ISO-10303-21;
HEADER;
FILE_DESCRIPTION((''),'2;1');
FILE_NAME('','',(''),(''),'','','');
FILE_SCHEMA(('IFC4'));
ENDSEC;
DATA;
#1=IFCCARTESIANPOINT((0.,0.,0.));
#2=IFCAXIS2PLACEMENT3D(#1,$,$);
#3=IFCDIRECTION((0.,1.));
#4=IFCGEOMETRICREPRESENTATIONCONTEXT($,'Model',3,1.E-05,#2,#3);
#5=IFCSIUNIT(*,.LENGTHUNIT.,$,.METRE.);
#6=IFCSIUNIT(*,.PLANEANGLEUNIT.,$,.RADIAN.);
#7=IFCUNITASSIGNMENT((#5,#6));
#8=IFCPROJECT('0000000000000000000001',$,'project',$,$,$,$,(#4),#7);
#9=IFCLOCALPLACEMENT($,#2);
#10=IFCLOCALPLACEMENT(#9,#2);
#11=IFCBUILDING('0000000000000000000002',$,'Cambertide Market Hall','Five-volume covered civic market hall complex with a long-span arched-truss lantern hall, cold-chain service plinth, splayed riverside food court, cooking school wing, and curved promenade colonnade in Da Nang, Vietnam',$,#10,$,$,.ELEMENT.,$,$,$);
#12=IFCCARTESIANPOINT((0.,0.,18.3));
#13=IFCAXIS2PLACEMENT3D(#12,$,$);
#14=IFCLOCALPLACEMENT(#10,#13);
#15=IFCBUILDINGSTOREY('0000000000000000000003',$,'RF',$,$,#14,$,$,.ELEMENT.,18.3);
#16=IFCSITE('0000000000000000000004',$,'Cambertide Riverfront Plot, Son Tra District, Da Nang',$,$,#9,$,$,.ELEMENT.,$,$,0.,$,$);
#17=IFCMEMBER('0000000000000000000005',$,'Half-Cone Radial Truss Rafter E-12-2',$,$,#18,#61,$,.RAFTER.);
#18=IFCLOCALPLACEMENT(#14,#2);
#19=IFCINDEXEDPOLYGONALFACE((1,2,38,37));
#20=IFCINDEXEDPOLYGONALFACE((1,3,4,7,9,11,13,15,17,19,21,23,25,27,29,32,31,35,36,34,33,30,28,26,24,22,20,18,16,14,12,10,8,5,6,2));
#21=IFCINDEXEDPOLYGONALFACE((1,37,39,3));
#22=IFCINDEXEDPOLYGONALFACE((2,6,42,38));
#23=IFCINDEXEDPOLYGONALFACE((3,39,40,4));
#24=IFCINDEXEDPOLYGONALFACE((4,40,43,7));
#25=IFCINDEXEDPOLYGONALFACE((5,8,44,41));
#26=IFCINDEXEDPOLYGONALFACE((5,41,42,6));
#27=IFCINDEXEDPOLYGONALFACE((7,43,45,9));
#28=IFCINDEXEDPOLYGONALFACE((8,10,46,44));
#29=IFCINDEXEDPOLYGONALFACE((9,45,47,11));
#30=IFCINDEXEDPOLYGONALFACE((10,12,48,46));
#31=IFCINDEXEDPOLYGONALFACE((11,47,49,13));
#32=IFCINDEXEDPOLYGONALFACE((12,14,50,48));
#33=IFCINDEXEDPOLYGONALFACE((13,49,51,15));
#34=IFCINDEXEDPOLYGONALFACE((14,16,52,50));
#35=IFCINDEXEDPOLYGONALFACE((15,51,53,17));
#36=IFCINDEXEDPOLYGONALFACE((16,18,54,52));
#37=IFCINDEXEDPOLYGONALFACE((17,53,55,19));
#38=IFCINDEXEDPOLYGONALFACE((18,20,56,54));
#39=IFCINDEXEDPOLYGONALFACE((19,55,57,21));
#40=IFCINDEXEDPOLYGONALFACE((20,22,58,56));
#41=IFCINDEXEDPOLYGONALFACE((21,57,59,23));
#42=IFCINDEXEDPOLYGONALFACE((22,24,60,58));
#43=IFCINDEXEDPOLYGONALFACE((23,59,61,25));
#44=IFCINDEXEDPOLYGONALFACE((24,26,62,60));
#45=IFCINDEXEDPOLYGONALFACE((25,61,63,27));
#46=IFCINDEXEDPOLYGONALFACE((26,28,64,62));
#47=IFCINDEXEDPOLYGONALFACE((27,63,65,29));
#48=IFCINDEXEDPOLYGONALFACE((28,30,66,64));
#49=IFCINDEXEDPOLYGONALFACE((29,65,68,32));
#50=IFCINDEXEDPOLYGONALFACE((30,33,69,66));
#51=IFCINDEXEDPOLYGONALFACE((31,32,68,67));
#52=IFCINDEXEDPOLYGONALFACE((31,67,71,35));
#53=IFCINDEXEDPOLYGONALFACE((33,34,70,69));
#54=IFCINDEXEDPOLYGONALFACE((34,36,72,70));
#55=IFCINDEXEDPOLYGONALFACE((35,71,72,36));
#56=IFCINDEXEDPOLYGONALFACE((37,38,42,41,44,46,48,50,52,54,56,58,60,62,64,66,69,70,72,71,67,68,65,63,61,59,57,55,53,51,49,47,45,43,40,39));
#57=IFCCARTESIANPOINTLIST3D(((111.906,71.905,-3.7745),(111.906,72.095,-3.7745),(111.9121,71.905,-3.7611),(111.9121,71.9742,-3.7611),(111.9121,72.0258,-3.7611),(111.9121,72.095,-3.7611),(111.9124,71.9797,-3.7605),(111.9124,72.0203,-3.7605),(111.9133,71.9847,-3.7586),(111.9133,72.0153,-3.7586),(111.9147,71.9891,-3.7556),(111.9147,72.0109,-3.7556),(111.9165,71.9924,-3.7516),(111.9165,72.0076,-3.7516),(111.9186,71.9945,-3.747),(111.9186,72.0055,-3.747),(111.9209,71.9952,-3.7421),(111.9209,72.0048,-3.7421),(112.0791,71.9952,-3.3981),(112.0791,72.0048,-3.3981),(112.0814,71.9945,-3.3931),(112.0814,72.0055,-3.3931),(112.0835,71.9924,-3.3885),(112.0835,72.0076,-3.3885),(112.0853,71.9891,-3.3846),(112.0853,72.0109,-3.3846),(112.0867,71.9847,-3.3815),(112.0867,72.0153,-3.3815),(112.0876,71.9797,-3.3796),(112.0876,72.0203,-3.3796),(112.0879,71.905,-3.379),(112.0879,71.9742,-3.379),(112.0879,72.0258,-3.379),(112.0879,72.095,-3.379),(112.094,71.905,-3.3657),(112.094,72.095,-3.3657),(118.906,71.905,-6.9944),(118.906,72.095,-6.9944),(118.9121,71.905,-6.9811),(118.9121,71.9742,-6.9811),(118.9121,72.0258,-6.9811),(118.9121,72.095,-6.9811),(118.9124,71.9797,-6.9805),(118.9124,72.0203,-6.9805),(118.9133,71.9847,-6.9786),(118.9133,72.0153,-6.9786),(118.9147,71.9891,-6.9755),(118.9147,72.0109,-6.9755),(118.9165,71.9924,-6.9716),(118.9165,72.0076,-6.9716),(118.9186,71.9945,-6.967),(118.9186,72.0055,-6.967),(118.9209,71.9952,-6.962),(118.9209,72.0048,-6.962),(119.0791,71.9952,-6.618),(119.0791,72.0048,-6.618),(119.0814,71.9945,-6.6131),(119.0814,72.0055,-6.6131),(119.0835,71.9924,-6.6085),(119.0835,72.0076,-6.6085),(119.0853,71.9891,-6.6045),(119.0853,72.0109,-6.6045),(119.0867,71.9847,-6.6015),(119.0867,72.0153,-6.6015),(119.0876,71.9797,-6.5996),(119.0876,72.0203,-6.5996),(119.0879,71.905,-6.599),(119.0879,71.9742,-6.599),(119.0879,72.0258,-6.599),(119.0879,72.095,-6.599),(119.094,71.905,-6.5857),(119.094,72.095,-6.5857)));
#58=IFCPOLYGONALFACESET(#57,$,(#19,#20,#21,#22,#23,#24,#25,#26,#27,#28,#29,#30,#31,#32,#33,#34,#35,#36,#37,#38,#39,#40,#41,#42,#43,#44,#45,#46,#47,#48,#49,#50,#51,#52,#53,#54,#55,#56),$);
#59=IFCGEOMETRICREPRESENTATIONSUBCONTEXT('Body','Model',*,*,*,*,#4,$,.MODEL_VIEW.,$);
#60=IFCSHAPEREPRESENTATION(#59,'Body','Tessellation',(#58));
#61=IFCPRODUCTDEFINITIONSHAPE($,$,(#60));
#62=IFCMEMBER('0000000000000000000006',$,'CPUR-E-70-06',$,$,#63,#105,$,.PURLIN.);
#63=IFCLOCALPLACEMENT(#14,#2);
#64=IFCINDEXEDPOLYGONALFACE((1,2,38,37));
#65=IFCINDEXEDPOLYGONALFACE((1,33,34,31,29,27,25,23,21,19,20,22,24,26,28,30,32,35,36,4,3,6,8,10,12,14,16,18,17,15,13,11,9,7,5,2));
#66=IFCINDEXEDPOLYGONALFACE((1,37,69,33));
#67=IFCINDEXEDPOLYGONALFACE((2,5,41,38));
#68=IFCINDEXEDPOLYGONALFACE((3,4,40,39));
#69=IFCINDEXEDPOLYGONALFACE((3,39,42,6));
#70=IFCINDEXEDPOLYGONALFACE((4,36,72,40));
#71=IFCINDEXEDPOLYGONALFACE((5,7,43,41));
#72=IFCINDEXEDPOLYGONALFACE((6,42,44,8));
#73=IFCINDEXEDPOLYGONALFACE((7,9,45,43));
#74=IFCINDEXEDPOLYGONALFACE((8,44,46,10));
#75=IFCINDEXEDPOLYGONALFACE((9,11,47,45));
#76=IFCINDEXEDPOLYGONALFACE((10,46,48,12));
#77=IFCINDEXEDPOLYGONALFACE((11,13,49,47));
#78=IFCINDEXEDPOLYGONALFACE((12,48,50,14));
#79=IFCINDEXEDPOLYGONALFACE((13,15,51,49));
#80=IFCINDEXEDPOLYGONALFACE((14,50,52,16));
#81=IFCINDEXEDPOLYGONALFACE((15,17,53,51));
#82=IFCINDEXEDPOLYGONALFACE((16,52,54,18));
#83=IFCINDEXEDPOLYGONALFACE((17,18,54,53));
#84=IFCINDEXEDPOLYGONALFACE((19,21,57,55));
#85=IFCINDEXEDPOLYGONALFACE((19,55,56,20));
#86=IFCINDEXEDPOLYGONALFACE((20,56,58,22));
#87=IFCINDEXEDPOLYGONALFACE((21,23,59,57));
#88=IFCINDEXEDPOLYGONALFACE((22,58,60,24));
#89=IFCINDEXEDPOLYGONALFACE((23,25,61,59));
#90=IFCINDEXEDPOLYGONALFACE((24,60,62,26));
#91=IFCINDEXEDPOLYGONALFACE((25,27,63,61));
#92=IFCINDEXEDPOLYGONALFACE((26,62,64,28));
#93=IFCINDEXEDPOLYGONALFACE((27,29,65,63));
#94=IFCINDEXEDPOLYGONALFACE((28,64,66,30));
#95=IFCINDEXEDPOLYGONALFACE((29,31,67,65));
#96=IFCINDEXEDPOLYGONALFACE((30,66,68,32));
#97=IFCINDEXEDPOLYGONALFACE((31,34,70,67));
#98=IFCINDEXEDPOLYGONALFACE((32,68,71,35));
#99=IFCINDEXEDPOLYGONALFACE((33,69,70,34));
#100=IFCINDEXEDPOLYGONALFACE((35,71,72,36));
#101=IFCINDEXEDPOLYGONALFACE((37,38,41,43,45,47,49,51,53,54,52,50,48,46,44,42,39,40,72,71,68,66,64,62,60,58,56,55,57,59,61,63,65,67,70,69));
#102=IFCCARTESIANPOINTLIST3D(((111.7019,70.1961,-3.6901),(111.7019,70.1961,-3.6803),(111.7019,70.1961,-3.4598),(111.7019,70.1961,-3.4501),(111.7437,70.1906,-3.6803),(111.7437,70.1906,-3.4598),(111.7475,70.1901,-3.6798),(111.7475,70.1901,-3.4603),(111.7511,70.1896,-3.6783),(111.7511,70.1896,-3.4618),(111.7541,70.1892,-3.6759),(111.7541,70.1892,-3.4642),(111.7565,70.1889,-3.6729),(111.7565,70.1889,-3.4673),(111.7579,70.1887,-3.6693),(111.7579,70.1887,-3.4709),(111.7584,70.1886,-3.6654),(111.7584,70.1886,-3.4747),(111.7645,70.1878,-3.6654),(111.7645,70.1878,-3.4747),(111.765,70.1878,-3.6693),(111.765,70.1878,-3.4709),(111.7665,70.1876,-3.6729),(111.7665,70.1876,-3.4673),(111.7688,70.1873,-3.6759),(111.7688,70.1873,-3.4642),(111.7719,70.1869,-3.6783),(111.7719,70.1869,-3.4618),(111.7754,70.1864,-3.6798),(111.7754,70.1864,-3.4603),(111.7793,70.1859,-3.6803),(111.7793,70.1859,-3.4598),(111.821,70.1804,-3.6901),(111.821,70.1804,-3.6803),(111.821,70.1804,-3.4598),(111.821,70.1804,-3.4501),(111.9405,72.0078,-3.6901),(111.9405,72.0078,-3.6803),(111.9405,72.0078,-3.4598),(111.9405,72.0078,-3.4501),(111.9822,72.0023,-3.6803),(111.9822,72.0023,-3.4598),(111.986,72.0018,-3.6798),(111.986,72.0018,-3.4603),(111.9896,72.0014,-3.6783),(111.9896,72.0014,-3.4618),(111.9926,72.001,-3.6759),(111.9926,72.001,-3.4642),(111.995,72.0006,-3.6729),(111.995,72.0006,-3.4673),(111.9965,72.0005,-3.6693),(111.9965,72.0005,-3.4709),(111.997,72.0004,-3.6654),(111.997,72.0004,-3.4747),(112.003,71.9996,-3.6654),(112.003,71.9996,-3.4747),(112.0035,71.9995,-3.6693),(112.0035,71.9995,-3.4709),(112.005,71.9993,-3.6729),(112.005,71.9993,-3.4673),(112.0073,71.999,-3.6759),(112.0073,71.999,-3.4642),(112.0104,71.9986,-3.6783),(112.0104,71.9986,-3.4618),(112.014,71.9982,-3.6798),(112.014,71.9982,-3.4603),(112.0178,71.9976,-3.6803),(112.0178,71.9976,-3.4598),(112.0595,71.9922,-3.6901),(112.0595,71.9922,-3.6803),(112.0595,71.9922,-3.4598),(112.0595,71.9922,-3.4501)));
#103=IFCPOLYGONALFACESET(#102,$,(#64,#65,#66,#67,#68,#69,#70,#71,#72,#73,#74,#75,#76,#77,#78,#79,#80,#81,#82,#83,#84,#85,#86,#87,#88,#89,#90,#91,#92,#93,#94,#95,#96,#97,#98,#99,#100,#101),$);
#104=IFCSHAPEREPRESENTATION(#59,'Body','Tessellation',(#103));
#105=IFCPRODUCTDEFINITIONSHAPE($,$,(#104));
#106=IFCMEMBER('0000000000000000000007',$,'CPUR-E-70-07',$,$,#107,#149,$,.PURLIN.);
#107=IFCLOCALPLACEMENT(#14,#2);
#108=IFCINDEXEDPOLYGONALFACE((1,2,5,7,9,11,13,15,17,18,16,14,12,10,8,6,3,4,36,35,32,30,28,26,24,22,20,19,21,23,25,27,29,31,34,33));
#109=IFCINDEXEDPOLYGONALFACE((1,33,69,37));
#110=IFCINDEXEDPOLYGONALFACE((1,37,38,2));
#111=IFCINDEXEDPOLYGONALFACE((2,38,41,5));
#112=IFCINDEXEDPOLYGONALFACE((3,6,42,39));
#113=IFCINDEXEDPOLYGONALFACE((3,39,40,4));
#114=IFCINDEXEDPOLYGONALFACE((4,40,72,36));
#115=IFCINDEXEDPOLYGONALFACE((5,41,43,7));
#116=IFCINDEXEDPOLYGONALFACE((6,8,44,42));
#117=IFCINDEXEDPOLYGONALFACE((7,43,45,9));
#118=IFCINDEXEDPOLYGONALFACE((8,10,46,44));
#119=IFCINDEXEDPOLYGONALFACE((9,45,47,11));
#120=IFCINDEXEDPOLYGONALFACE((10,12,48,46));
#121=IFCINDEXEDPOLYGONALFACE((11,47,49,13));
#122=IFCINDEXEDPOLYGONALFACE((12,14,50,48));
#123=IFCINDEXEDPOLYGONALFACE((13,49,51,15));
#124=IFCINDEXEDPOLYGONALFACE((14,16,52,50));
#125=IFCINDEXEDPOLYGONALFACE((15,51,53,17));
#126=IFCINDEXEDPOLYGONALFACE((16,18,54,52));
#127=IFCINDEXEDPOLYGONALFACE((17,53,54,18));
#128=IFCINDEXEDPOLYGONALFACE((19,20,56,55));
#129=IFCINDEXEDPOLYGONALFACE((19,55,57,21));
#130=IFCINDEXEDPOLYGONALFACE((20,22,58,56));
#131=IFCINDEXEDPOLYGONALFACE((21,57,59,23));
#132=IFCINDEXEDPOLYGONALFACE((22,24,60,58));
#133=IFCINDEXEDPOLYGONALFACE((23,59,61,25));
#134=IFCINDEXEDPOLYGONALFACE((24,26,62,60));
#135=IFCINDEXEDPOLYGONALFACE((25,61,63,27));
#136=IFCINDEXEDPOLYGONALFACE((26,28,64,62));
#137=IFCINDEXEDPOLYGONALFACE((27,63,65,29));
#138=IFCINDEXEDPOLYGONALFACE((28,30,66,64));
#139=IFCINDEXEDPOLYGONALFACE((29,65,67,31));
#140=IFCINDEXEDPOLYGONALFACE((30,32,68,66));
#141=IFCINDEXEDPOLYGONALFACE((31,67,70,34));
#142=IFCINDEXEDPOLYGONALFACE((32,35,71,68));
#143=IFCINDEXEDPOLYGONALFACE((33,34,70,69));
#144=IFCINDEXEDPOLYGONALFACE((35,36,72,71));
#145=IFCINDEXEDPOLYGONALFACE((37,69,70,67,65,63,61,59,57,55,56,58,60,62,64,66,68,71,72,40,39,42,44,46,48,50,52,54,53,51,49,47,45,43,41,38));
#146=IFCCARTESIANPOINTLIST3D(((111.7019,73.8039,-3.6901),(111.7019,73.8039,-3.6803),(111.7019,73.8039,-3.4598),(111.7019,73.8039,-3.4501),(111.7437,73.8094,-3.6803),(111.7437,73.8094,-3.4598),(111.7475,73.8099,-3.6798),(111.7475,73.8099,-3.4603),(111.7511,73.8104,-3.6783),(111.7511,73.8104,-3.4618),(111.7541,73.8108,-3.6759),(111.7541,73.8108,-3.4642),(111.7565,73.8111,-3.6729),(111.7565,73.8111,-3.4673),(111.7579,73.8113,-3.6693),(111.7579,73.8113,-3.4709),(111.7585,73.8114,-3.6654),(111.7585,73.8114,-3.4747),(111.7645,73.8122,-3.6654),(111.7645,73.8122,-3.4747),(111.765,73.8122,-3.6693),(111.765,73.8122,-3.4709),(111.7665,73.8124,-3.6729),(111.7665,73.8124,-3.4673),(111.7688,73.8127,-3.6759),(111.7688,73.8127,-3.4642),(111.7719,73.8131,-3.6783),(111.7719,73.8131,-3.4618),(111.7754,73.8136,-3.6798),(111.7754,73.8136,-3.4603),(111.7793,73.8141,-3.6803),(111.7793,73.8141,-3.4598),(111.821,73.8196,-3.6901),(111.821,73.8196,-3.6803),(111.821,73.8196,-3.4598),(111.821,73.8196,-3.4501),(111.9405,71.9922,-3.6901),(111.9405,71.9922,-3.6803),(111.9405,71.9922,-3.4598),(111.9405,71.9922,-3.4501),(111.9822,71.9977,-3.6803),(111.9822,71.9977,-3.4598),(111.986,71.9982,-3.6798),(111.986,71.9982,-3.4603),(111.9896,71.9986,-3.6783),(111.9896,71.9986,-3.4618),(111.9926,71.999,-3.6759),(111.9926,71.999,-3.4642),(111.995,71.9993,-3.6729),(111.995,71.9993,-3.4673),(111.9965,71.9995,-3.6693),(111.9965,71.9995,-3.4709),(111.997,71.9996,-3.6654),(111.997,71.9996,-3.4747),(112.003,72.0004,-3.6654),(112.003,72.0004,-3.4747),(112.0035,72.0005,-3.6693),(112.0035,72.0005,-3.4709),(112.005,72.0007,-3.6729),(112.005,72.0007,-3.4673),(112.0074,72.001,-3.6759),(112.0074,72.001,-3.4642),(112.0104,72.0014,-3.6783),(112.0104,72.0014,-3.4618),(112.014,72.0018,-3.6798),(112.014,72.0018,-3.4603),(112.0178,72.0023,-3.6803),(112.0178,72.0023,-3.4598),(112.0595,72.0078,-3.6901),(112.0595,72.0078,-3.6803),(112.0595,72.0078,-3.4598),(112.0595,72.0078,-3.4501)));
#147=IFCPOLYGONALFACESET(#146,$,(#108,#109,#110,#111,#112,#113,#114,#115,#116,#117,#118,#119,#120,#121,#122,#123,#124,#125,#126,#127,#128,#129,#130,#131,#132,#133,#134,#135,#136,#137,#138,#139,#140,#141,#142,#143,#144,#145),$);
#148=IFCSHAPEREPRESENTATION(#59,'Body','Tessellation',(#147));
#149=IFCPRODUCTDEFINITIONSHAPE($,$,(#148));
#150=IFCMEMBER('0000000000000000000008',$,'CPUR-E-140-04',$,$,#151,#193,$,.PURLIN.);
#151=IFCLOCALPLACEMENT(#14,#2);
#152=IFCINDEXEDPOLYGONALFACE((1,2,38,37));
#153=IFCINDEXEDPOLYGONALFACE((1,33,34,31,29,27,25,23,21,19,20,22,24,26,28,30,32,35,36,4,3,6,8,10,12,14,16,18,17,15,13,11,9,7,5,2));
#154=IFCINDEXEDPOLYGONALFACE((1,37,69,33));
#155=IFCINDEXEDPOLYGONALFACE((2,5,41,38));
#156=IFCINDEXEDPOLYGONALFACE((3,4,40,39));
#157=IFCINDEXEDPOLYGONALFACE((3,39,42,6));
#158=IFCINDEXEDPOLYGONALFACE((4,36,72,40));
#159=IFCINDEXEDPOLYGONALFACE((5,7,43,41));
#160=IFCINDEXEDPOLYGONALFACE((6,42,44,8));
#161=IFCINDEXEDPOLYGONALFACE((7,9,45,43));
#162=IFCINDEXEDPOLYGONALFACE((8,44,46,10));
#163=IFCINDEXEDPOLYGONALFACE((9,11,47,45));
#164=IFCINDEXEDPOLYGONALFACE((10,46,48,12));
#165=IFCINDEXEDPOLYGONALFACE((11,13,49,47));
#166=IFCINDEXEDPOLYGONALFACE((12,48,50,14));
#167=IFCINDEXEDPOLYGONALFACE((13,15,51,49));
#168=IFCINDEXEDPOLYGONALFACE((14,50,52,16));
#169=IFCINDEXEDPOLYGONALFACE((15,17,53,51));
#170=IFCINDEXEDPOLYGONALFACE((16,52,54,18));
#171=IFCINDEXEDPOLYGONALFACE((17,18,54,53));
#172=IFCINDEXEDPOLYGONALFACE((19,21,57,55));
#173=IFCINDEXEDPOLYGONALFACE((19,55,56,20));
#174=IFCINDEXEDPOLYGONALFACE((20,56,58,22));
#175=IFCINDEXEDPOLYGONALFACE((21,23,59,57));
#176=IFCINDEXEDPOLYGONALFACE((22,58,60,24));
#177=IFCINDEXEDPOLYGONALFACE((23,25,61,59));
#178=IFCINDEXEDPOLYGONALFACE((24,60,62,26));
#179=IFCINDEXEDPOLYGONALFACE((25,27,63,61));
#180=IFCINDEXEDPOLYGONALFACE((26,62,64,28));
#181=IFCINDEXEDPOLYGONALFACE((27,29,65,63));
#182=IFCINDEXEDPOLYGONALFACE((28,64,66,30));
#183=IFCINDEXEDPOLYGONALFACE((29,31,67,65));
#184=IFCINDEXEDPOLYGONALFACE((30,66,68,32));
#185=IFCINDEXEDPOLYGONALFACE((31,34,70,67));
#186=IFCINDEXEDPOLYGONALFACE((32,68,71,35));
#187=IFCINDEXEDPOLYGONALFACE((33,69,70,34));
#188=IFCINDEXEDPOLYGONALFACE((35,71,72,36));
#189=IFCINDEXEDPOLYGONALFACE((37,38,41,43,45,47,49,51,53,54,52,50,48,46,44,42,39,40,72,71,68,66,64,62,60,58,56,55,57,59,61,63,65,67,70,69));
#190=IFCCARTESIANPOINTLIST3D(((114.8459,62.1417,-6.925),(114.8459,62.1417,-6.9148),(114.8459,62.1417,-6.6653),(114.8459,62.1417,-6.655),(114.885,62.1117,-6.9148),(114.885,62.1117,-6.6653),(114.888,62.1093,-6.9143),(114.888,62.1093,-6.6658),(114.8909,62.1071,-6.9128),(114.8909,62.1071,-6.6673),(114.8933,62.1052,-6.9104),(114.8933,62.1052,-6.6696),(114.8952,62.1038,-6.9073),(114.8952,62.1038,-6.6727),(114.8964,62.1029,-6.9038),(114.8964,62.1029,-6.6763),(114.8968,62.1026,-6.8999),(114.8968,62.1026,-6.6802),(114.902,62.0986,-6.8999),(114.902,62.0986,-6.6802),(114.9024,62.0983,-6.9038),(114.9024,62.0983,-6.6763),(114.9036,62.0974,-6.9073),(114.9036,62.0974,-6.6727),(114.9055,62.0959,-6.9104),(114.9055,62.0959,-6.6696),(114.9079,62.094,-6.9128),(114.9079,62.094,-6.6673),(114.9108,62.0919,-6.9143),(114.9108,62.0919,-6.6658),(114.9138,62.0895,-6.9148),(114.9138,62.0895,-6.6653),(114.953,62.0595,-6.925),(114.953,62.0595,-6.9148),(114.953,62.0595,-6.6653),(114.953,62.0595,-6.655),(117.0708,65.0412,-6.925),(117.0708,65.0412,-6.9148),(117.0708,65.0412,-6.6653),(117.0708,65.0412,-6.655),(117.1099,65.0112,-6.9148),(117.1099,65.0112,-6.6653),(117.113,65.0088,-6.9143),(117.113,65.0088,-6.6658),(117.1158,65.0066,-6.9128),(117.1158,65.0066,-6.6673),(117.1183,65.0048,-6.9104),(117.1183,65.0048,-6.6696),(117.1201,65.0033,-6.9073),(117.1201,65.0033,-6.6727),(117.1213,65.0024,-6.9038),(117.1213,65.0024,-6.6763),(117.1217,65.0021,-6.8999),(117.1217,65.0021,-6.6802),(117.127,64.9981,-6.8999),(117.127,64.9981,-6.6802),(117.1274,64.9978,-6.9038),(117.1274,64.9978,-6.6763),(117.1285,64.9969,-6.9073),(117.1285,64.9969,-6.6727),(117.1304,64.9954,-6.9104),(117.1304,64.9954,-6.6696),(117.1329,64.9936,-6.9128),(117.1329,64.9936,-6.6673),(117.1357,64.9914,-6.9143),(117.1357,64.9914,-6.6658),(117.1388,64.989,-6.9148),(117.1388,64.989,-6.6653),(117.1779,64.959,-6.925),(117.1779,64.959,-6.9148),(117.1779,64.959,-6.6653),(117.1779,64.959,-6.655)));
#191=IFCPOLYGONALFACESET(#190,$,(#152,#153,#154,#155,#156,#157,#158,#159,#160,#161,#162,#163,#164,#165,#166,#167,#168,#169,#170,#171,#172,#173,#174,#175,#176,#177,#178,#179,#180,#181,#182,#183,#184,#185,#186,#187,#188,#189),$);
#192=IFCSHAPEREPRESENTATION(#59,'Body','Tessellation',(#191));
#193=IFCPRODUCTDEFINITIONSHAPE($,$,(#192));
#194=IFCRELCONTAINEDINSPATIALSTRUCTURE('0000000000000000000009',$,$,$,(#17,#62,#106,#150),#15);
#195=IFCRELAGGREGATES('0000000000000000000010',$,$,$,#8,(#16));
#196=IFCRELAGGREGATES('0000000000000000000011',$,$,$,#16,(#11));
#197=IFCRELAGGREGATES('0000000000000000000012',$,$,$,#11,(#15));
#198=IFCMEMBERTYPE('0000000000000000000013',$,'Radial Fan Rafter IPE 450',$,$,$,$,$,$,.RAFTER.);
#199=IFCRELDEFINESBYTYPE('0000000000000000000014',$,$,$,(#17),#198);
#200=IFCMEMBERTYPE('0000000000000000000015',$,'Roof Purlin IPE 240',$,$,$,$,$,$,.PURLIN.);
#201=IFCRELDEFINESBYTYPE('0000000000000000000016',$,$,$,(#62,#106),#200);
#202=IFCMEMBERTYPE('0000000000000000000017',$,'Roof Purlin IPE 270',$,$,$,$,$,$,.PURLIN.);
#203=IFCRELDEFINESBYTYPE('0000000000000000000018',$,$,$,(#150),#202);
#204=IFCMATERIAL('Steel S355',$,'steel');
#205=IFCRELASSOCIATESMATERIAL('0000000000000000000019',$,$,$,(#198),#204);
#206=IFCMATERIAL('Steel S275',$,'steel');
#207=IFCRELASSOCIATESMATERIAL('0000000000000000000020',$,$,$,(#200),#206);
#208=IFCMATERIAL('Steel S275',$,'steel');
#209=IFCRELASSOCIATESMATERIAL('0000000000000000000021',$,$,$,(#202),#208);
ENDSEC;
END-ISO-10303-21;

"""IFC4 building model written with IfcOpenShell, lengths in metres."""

from ifc_helpers import new_model, si_unit, direction, frame, origin, origin_2d, place, context, subcontext, project, spatial, i_section, extrude, material, material_profile, profile_set, type_object, element, save


model = new_model("IFC4")

# Units and contexts
model_context = context("Model", 3, precision=1e-05, world=origin(), true_north=direction((0.0, 1.0)))
body_context = subcontext(model_context, "Body", "Model", "MODEL_VIEW")
ifc_project = project(units=[si_unit("LENGTHUNIT", "METRE"), si_unit("PLANEANGLEUNIT", "RADIAN")], contexts=[model_context])

# Site, building, storey
site_placement = place(None, origin())
site = spatial("IfcSite", under=ifc_project, at=site_placement, Name="Cambertide Riverfront Plot, Son Tra District, Da Nang", CompositionType="ELEMENT", RefElevation=0.0)
building_placement = place(site_placement, origin())
building = spatial("IfcBuilding", under=site, at=building_placement, Name="Cambertide Market Hall", Description="Five-volume covered civic market hall complex with a long-span arched-truss lantern hall, cold-chain service plinth, splayed riverside food court, cooking school wing, and curved promenade colonnade in Da Nang, Vietnam", CompositionType="ELEMENT")
storey_placement = place(building_placement, frame((0.0, 0.0, 18.3)))
storey = spatial("IfcBuildingStorey", under=building, at=storey_placement, Name="RF", CompositionType="ELEMENT", Elevation=18.3)

# Members
ifc_material_1 = material(Name="Steel S355", Category="steel")
ifc_material_profile_1 = material_profile(ifc_material_1, i_section(OverallWidth=0.1899, OverallDepth=0.45, WebThickness=0.0095, FlangeThickness=0.0146, FilletRadius=0.021, at=origin_2d()), Name="IPE 450")
ifc_profile_set_1 = profile_set([ifc_material_profile_1], Name="Steel S355")
member_type_1 = type_object("IfcMemberType", Name="Radial Fan Rafter IPE 450", PredefinedType="RAFTER", material=ifc_profile_set_1)
for number, where, z_axis, x_axis, name in (
    (1, (112.0, 72.0, -3.5701), (0.908492, 0.0, -0.417902), (0.0, 1.0, 0.0), "Half-Cone Radial Truss Rafter E-12-2"),
):
    element("IfcMember", number, at=place(storey_placement, frame(where, z_axis=z_axis, x_axis=x_axis)), inside=storey, type_object=member_type_1, Name=name, PredefinedType="RAFTER", context=body_context, shape_type="SweptSolid", body=[
        extrude(i_section(OverallWidth=0.1899, OverallDepth=0.45, WebThickness=0.0095, FlangeThickness=0.0146, FilletRadius=0.021, at=origin_2d()), origin(), (0.0, 0.0, 1.0), 7.7051),
    ])
ifc_material_2 = material(Name="Steel S275", Category="steel")
ifc_material_profile_2 = material_profile(ifc_material_2, i_section(OverallWidth=0.1201, OverallDepth=0.24, WebThickness=0.0061, FlangeThickness=0.0098, FilletRadius=0.0149, at=origin_2d()), Name="IPE 240")
ifc_profile_set_2 = profile_set([ifc_material_profile_2], Name="Steel S275")
member_type_2 = type_object("IfcMemberType", Name="Roof Purlin IPE 240", PredefinedType="PURLIN", material=ifc_profile_set_2)
for number, where, z_axis, x_axis, name in (
    (2, (111.7615, 70.1882, -3.5701), (0.130527, 0.991445, 0.0), (-0.991445, 0.130527, 0.0), "CPUR-E-70-06"),
    (3, (112.0, 72.0, -3.5701), (-0.130527, 0.991445, 0.0), (-0.991445, -0.130527, 0.0), "CPUR-E-70-07"),
):
    element("IfcMember", number, at=place(storey_placement, frame(where, z_axis=z_axis, x_axis=x_axis)), inside=storey, type_object=member_type_2, Name=name, PredefinedType="PURLIN", context=body_context, shape_type="SweptSolid", body=[
        extrude(i_section(OverallWidth=0.1201, OverallDepth=0.24, WebThickness=0.0061, FlangeThickness=0.0098, FilletRadius=0.0149, at=origin_2d()), origin(), (0.0, 0.0, 1.0), 1.8274),
    ])
ifc_material_3 = material(Name="Steel S275", Category="steel")
ifc_material_profile_3 = material_profile(ifc_material_3, i_section(OverallWidth=0.135, OverallDepth=0.27, WebThickness=0.0066, FlangeThickness=0.0103, FilletRadius=0.0149, at=origin_2d()), Name="IPE 270")
ifc_profile_set_3 = profile_set([ifc_material_profile_3], Name="Steel S275")
member_type_3 = type_object("IfcMemberType", Name="Roof Purlin IPE 270", PredefinedType="PURLIN", material=ifc_profile_set_3)
member_1_placement = place(storey_placement, frame((114.8994, 62.1006, -6.79), z_axis=(0.608771, 0.793346, 0.0), x_axis=(-0.793346, 0.608771, 0.0)))
element("IfcMember", 4, at=member_1_placement, inside=storey, type_object=member_type_3, Name="CPUR-E-140-04", PredefinedType="PURLIN", context=body_context, shape_type="SweptSolid", body=[
    extrude(i_section(OverallWidth=0.135, OverallDepth=0.27, WebThickness=0.0066, FlangeThickness=0.0103, FilletRadius=0.0149, at=origin_2d()), origin(), (0.0, 0.0, 1.0), 3.6548),
])

save(model, "model.ifc")
